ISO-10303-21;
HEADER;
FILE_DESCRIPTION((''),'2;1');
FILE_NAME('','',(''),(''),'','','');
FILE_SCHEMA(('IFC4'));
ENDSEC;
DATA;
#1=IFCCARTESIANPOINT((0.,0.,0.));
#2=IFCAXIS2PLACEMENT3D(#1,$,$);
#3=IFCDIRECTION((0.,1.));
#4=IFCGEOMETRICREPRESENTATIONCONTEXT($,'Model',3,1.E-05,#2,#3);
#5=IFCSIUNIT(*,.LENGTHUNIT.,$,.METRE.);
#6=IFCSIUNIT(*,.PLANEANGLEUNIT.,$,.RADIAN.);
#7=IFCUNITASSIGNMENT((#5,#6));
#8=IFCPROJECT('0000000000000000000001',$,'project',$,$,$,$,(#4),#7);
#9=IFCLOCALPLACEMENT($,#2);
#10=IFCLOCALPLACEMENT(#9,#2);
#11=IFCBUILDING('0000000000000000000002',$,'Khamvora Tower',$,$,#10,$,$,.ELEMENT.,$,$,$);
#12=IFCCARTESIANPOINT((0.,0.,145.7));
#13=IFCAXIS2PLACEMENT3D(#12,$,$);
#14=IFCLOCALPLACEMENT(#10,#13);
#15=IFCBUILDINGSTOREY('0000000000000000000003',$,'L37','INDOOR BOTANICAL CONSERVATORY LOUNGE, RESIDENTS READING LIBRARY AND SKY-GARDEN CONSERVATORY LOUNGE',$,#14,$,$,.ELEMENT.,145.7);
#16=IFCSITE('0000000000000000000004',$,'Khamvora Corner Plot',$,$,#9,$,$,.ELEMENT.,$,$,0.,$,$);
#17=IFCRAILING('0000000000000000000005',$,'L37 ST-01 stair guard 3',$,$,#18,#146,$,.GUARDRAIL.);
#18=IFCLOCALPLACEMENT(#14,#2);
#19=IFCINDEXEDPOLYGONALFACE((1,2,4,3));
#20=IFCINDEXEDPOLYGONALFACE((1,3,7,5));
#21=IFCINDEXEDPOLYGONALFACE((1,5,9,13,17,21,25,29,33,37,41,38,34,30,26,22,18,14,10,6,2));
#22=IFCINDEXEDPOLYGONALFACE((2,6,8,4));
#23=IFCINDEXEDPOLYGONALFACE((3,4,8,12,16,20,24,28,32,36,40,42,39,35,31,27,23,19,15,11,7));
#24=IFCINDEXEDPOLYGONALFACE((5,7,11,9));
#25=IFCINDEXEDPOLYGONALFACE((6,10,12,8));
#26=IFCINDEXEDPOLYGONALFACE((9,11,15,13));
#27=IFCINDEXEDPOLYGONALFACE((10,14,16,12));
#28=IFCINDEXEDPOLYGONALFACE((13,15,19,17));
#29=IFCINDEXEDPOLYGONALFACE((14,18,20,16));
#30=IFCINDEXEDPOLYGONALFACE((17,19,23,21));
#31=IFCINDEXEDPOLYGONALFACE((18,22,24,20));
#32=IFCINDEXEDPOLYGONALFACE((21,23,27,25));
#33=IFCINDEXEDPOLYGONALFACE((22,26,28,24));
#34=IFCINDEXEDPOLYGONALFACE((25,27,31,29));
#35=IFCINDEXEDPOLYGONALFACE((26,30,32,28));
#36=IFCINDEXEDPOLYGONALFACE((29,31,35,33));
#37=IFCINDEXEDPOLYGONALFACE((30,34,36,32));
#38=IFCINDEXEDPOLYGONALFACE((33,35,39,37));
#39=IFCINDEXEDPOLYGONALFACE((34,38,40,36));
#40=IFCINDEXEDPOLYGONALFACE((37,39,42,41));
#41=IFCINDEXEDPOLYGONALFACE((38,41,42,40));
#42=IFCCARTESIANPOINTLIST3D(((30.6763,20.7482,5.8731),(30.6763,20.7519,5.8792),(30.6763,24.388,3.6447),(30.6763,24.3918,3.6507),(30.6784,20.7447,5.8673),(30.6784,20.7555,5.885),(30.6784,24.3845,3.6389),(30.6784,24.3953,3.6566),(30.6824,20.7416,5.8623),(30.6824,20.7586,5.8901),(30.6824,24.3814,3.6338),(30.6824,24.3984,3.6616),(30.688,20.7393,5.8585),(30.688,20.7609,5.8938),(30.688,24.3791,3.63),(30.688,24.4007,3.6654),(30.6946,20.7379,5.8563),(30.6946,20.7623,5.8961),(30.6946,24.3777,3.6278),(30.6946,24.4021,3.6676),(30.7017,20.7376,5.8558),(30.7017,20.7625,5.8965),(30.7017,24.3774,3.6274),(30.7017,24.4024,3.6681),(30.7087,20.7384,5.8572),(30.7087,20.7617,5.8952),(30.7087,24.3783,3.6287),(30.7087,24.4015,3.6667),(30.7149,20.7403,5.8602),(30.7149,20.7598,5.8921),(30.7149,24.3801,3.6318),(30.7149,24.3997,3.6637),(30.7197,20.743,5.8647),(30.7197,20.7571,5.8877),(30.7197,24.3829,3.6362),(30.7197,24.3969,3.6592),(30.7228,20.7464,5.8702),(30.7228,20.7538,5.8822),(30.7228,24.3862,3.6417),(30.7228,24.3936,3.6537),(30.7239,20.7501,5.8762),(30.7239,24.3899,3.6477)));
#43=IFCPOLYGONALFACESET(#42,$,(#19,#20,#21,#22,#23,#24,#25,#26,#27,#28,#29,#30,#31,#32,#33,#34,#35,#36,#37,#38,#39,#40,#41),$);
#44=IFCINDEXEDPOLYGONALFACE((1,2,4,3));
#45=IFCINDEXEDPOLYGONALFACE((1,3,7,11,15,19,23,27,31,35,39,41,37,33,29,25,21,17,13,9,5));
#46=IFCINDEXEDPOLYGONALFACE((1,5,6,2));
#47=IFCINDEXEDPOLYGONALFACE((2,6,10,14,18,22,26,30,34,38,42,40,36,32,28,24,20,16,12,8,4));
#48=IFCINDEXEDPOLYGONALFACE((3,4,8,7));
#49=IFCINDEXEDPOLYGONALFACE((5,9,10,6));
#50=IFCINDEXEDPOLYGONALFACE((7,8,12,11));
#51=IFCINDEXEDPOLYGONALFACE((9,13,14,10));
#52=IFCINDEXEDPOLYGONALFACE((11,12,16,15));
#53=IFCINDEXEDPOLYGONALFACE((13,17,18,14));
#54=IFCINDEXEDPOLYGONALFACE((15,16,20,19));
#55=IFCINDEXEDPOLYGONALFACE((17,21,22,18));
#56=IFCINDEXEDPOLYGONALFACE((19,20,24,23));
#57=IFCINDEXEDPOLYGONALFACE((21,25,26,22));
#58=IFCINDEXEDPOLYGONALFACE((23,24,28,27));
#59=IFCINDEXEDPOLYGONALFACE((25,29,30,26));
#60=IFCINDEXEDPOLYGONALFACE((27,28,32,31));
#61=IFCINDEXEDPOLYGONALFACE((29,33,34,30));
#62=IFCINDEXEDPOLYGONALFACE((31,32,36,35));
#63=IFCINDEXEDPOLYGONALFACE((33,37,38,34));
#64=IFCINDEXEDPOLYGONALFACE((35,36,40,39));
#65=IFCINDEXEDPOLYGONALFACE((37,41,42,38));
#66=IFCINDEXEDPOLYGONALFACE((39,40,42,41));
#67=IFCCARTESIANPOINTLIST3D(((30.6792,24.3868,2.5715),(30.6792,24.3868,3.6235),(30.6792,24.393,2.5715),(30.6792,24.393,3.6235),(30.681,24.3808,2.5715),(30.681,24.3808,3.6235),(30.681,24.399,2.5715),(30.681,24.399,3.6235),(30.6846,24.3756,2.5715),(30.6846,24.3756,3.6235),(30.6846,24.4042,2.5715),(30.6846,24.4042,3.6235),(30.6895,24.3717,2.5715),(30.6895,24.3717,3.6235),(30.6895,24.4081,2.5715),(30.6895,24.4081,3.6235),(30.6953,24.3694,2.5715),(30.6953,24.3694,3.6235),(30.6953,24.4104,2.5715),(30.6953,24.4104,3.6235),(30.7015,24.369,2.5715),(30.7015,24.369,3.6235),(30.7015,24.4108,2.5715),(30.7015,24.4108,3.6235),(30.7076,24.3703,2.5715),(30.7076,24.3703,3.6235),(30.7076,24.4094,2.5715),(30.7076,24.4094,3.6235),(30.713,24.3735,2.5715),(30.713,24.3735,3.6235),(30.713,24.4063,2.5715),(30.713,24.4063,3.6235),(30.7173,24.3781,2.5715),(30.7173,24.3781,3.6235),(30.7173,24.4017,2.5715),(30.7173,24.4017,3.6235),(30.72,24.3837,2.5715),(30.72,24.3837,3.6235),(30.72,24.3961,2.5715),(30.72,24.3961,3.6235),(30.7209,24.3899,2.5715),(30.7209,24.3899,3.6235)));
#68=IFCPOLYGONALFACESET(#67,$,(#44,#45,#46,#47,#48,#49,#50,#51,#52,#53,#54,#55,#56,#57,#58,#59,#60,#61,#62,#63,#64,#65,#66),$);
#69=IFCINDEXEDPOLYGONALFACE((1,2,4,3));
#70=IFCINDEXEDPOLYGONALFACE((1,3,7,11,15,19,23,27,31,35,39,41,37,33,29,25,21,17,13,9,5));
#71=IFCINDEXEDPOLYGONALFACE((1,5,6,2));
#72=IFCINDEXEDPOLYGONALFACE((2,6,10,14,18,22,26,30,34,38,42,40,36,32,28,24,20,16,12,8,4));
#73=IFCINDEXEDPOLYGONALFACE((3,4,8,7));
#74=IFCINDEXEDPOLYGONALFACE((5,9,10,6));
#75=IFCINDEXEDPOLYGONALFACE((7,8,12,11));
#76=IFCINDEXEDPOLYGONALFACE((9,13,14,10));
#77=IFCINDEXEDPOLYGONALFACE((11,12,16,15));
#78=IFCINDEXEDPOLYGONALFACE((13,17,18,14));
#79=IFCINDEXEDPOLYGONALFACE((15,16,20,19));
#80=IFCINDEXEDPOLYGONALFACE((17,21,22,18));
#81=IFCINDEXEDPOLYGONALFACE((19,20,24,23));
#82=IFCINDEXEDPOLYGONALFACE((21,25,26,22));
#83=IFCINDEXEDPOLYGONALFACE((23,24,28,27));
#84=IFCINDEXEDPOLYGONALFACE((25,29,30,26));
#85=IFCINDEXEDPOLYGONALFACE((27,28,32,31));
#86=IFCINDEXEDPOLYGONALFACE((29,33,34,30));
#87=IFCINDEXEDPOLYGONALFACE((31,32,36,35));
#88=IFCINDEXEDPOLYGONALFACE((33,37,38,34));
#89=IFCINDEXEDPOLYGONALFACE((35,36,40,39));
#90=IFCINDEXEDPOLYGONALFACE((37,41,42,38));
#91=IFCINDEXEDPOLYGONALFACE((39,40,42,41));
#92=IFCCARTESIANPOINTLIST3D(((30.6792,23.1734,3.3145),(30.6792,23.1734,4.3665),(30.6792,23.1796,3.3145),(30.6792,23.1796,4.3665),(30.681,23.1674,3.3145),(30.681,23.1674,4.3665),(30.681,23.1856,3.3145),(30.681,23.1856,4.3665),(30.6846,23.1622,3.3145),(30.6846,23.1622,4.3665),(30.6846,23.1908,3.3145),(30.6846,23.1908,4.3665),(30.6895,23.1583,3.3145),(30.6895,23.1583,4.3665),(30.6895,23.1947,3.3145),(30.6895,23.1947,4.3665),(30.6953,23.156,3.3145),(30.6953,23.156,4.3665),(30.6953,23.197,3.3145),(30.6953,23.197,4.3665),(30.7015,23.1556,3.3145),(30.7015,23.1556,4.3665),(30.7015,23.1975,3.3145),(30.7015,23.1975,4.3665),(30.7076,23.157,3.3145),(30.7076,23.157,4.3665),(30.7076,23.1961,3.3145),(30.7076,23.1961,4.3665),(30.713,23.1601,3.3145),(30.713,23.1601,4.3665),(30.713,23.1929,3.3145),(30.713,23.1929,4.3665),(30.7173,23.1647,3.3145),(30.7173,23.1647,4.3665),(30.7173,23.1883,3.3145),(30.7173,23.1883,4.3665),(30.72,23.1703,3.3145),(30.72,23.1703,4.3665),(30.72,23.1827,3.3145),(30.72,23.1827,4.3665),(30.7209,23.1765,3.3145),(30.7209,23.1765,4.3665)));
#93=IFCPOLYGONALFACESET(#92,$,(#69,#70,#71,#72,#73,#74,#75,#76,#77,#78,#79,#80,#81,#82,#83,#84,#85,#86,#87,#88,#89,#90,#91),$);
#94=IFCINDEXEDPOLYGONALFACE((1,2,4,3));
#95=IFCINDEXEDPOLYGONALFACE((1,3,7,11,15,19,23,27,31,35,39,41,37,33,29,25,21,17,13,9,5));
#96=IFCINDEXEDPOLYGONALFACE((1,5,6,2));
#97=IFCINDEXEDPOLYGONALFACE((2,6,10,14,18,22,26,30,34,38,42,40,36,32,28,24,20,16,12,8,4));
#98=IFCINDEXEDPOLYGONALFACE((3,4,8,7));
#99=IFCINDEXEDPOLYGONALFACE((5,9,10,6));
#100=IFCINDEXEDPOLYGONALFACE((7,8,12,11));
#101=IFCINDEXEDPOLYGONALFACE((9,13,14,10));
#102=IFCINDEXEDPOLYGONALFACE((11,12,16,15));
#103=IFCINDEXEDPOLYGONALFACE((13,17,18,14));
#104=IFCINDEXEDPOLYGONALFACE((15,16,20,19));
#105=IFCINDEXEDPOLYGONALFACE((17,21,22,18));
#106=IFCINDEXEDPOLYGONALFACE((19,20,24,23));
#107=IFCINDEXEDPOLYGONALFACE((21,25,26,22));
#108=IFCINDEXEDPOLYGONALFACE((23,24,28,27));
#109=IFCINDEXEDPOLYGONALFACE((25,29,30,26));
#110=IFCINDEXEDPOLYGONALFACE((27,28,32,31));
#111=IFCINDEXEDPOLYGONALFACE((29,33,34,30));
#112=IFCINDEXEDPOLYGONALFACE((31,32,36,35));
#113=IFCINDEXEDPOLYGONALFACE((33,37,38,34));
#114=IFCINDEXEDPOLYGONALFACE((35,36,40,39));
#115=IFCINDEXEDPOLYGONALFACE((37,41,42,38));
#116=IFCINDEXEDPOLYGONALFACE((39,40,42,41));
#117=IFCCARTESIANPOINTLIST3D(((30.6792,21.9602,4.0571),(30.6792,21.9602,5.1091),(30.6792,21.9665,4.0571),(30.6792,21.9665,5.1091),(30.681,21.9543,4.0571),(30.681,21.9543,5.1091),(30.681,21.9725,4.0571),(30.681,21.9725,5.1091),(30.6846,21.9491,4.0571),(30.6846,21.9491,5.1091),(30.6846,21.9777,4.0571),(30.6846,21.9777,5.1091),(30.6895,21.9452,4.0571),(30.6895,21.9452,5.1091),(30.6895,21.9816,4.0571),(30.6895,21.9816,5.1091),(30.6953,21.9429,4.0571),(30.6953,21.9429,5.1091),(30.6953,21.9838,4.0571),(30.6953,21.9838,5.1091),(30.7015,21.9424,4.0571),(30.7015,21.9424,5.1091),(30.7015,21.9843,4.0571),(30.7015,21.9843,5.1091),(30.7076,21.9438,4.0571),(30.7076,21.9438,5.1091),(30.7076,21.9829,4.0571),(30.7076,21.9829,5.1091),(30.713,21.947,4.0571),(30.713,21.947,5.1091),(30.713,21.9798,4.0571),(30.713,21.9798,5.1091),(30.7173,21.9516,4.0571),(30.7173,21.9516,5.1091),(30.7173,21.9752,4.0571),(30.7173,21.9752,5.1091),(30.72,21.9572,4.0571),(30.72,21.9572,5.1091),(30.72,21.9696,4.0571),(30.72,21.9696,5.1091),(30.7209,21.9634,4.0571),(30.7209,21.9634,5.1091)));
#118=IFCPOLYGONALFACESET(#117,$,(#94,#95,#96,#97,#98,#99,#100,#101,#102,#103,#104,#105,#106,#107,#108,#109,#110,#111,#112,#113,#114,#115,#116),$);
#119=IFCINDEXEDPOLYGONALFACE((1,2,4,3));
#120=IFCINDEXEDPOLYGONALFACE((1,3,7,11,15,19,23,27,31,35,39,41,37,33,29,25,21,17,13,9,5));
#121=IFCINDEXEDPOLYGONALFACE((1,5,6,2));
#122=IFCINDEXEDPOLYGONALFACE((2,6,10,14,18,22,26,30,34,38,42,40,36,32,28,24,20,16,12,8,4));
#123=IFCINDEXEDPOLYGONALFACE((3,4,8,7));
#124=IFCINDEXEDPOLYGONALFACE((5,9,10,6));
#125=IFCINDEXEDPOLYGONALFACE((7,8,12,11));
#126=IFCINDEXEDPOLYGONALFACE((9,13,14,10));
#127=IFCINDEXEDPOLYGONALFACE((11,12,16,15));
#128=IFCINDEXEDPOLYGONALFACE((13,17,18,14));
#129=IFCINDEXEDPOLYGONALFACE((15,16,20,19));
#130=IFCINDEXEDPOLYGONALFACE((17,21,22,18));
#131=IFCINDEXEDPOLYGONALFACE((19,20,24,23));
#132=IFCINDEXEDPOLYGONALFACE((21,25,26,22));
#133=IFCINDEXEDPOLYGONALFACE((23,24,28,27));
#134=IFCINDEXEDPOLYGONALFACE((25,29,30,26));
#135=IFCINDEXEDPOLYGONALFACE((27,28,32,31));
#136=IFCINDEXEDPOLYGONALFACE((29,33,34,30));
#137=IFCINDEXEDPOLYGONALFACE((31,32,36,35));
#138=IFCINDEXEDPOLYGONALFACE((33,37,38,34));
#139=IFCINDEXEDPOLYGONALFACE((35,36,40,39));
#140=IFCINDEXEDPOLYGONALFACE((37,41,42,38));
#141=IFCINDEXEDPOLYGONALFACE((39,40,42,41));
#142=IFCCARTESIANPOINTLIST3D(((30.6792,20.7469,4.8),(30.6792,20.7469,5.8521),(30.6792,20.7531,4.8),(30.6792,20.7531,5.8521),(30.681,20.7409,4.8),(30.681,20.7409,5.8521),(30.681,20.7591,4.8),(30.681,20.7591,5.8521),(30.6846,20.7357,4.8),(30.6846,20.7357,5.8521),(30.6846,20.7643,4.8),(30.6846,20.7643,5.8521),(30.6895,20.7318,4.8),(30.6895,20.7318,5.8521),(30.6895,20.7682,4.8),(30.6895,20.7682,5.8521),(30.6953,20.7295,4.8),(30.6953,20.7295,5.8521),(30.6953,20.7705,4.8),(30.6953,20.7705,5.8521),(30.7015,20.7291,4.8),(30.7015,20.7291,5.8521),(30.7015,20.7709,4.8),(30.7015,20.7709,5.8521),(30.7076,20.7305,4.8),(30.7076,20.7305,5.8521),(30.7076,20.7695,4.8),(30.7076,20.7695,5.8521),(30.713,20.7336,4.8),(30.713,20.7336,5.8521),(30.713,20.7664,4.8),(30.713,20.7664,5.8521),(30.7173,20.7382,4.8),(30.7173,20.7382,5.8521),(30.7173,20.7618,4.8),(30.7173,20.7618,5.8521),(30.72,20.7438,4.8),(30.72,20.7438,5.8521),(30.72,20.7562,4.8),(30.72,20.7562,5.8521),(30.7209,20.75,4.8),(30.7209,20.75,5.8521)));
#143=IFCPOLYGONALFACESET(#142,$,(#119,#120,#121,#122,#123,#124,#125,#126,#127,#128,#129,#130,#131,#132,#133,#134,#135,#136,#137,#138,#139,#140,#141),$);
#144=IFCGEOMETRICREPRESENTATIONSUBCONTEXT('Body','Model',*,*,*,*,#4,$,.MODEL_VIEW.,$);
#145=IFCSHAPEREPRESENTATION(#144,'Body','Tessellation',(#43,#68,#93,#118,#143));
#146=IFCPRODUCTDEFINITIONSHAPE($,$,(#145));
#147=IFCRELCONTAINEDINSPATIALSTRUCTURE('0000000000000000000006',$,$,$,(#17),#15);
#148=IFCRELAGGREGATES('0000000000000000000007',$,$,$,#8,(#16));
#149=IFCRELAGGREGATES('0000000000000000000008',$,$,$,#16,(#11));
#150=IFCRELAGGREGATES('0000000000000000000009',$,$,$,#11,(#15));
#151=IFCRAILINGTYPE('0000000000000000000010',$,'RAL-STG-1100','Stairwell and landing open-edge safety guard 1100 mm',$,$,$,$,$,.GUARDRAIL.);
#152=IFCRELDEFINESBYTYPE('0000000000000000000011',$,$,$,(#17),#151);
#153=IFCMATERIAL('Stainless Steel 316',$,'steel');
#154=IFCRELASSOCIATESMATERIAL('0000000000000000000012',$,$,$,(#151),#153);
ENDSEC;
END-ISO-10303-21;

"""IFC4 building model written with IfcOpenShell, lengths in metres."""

from ifc_helpers import new_model, si_unit, direction, frame, origin, origin_2d, place, context, subcontext, project, spatial, circle, extrude, material, type_object, element, save


model = new_model("IFC4")

# Units and contexts
model_context = context("Model", 3, precision=1e-05, world=origin(), true_north=direction((0.0, 1.0)))
body_context = subcontext(model_context, "Body", "Model", "MODEL_VIEW")
ifc_project = project(units=[si_unit("LENGTHUNIT", "METRE"), si_unit("PLANEANGLEUNIT", "RADIAN")], contexts=[model_context])

# Site, building, storey
site_placement = place(None, origin())
site = spatial("IfcSite", under=ifc_project, at=site_placement, Name="Khamvora Corner Plot", CompositionType="ELEMENT", RefElevation=0.0)
building_placement = place(site_placement, origin())
building = spatial("IfcBuilding", under=site, at=building_placement, Name="Khamvora Tower", CompositionType="ELEMENT")
storey_placement = place(building_placement, frame((0.0, 0.0, 145.7)))
storey = spatial("IfcBuildingStorey", under=building, at=storey_placement, Name="L37", Description="INDOOR BOTANICAL CONSERVATORY LOUNGE, RESIDENTS READING LIBRARY AND SKY-GARDEN CONSERVATORY LOUNGE", CompositionType="ELEMENT", Elevation=145.7)

# Railing
ifc_material_1 = material(Name="Stainless Steel 316", Category="steel")
railing_type_1 = type_object("IfcRailingType", Name="RAL-STG-1100", Description="Stairwell and landing open-edge safety guard 1100 mm", PredefinedType="GUARDRAIL", material=ifc_material_1)
railing_1_placement = place(storey_placement, frame((30.7, 24.3899, 2.5715)))
element("IfcRailing", 1, at=railing_1_placement, inside=storey, type_object=railing_type_1, Name="L37 ST-01 stair guard 3", PredefinedType="GUARDRAIL", context=body_context, shape_type="SweptSolid", body=[
    extrude(circle(Radius=0.0239, at=origin_2d()), frame((0.0, 0.0, 1.0762), z_axis=(0.0, -0.85285, 0.522156), x_axis=(1.0, 0.0, 0.0)), (0.0, 0.0, 1.0), 4.2678),
    extrude(circle(Radius=0.021, at=origin_2d()), origin(), (0.0, 0.0, 1.0), 1.052),
    extrude(circle(Radius=0.021, at=origin_2d()), frame((0.0, -1.2134, 0.7429)), (0.0, 0.0, 1.0), 1.052),
    extrude(circle(Radius=0.021, at=origin_2d()), frame((0.0, -2.4265, 1.4856)), (0.0, 0.0, 1.0), 1.052),
    extrude(circle(Radius=0.021, at=origin_2d()), frame((0.0, -3.6399, 2.2285)), (0.0, 0.0, 1.0), 1.052),
])

save(model, "model.ifc")
